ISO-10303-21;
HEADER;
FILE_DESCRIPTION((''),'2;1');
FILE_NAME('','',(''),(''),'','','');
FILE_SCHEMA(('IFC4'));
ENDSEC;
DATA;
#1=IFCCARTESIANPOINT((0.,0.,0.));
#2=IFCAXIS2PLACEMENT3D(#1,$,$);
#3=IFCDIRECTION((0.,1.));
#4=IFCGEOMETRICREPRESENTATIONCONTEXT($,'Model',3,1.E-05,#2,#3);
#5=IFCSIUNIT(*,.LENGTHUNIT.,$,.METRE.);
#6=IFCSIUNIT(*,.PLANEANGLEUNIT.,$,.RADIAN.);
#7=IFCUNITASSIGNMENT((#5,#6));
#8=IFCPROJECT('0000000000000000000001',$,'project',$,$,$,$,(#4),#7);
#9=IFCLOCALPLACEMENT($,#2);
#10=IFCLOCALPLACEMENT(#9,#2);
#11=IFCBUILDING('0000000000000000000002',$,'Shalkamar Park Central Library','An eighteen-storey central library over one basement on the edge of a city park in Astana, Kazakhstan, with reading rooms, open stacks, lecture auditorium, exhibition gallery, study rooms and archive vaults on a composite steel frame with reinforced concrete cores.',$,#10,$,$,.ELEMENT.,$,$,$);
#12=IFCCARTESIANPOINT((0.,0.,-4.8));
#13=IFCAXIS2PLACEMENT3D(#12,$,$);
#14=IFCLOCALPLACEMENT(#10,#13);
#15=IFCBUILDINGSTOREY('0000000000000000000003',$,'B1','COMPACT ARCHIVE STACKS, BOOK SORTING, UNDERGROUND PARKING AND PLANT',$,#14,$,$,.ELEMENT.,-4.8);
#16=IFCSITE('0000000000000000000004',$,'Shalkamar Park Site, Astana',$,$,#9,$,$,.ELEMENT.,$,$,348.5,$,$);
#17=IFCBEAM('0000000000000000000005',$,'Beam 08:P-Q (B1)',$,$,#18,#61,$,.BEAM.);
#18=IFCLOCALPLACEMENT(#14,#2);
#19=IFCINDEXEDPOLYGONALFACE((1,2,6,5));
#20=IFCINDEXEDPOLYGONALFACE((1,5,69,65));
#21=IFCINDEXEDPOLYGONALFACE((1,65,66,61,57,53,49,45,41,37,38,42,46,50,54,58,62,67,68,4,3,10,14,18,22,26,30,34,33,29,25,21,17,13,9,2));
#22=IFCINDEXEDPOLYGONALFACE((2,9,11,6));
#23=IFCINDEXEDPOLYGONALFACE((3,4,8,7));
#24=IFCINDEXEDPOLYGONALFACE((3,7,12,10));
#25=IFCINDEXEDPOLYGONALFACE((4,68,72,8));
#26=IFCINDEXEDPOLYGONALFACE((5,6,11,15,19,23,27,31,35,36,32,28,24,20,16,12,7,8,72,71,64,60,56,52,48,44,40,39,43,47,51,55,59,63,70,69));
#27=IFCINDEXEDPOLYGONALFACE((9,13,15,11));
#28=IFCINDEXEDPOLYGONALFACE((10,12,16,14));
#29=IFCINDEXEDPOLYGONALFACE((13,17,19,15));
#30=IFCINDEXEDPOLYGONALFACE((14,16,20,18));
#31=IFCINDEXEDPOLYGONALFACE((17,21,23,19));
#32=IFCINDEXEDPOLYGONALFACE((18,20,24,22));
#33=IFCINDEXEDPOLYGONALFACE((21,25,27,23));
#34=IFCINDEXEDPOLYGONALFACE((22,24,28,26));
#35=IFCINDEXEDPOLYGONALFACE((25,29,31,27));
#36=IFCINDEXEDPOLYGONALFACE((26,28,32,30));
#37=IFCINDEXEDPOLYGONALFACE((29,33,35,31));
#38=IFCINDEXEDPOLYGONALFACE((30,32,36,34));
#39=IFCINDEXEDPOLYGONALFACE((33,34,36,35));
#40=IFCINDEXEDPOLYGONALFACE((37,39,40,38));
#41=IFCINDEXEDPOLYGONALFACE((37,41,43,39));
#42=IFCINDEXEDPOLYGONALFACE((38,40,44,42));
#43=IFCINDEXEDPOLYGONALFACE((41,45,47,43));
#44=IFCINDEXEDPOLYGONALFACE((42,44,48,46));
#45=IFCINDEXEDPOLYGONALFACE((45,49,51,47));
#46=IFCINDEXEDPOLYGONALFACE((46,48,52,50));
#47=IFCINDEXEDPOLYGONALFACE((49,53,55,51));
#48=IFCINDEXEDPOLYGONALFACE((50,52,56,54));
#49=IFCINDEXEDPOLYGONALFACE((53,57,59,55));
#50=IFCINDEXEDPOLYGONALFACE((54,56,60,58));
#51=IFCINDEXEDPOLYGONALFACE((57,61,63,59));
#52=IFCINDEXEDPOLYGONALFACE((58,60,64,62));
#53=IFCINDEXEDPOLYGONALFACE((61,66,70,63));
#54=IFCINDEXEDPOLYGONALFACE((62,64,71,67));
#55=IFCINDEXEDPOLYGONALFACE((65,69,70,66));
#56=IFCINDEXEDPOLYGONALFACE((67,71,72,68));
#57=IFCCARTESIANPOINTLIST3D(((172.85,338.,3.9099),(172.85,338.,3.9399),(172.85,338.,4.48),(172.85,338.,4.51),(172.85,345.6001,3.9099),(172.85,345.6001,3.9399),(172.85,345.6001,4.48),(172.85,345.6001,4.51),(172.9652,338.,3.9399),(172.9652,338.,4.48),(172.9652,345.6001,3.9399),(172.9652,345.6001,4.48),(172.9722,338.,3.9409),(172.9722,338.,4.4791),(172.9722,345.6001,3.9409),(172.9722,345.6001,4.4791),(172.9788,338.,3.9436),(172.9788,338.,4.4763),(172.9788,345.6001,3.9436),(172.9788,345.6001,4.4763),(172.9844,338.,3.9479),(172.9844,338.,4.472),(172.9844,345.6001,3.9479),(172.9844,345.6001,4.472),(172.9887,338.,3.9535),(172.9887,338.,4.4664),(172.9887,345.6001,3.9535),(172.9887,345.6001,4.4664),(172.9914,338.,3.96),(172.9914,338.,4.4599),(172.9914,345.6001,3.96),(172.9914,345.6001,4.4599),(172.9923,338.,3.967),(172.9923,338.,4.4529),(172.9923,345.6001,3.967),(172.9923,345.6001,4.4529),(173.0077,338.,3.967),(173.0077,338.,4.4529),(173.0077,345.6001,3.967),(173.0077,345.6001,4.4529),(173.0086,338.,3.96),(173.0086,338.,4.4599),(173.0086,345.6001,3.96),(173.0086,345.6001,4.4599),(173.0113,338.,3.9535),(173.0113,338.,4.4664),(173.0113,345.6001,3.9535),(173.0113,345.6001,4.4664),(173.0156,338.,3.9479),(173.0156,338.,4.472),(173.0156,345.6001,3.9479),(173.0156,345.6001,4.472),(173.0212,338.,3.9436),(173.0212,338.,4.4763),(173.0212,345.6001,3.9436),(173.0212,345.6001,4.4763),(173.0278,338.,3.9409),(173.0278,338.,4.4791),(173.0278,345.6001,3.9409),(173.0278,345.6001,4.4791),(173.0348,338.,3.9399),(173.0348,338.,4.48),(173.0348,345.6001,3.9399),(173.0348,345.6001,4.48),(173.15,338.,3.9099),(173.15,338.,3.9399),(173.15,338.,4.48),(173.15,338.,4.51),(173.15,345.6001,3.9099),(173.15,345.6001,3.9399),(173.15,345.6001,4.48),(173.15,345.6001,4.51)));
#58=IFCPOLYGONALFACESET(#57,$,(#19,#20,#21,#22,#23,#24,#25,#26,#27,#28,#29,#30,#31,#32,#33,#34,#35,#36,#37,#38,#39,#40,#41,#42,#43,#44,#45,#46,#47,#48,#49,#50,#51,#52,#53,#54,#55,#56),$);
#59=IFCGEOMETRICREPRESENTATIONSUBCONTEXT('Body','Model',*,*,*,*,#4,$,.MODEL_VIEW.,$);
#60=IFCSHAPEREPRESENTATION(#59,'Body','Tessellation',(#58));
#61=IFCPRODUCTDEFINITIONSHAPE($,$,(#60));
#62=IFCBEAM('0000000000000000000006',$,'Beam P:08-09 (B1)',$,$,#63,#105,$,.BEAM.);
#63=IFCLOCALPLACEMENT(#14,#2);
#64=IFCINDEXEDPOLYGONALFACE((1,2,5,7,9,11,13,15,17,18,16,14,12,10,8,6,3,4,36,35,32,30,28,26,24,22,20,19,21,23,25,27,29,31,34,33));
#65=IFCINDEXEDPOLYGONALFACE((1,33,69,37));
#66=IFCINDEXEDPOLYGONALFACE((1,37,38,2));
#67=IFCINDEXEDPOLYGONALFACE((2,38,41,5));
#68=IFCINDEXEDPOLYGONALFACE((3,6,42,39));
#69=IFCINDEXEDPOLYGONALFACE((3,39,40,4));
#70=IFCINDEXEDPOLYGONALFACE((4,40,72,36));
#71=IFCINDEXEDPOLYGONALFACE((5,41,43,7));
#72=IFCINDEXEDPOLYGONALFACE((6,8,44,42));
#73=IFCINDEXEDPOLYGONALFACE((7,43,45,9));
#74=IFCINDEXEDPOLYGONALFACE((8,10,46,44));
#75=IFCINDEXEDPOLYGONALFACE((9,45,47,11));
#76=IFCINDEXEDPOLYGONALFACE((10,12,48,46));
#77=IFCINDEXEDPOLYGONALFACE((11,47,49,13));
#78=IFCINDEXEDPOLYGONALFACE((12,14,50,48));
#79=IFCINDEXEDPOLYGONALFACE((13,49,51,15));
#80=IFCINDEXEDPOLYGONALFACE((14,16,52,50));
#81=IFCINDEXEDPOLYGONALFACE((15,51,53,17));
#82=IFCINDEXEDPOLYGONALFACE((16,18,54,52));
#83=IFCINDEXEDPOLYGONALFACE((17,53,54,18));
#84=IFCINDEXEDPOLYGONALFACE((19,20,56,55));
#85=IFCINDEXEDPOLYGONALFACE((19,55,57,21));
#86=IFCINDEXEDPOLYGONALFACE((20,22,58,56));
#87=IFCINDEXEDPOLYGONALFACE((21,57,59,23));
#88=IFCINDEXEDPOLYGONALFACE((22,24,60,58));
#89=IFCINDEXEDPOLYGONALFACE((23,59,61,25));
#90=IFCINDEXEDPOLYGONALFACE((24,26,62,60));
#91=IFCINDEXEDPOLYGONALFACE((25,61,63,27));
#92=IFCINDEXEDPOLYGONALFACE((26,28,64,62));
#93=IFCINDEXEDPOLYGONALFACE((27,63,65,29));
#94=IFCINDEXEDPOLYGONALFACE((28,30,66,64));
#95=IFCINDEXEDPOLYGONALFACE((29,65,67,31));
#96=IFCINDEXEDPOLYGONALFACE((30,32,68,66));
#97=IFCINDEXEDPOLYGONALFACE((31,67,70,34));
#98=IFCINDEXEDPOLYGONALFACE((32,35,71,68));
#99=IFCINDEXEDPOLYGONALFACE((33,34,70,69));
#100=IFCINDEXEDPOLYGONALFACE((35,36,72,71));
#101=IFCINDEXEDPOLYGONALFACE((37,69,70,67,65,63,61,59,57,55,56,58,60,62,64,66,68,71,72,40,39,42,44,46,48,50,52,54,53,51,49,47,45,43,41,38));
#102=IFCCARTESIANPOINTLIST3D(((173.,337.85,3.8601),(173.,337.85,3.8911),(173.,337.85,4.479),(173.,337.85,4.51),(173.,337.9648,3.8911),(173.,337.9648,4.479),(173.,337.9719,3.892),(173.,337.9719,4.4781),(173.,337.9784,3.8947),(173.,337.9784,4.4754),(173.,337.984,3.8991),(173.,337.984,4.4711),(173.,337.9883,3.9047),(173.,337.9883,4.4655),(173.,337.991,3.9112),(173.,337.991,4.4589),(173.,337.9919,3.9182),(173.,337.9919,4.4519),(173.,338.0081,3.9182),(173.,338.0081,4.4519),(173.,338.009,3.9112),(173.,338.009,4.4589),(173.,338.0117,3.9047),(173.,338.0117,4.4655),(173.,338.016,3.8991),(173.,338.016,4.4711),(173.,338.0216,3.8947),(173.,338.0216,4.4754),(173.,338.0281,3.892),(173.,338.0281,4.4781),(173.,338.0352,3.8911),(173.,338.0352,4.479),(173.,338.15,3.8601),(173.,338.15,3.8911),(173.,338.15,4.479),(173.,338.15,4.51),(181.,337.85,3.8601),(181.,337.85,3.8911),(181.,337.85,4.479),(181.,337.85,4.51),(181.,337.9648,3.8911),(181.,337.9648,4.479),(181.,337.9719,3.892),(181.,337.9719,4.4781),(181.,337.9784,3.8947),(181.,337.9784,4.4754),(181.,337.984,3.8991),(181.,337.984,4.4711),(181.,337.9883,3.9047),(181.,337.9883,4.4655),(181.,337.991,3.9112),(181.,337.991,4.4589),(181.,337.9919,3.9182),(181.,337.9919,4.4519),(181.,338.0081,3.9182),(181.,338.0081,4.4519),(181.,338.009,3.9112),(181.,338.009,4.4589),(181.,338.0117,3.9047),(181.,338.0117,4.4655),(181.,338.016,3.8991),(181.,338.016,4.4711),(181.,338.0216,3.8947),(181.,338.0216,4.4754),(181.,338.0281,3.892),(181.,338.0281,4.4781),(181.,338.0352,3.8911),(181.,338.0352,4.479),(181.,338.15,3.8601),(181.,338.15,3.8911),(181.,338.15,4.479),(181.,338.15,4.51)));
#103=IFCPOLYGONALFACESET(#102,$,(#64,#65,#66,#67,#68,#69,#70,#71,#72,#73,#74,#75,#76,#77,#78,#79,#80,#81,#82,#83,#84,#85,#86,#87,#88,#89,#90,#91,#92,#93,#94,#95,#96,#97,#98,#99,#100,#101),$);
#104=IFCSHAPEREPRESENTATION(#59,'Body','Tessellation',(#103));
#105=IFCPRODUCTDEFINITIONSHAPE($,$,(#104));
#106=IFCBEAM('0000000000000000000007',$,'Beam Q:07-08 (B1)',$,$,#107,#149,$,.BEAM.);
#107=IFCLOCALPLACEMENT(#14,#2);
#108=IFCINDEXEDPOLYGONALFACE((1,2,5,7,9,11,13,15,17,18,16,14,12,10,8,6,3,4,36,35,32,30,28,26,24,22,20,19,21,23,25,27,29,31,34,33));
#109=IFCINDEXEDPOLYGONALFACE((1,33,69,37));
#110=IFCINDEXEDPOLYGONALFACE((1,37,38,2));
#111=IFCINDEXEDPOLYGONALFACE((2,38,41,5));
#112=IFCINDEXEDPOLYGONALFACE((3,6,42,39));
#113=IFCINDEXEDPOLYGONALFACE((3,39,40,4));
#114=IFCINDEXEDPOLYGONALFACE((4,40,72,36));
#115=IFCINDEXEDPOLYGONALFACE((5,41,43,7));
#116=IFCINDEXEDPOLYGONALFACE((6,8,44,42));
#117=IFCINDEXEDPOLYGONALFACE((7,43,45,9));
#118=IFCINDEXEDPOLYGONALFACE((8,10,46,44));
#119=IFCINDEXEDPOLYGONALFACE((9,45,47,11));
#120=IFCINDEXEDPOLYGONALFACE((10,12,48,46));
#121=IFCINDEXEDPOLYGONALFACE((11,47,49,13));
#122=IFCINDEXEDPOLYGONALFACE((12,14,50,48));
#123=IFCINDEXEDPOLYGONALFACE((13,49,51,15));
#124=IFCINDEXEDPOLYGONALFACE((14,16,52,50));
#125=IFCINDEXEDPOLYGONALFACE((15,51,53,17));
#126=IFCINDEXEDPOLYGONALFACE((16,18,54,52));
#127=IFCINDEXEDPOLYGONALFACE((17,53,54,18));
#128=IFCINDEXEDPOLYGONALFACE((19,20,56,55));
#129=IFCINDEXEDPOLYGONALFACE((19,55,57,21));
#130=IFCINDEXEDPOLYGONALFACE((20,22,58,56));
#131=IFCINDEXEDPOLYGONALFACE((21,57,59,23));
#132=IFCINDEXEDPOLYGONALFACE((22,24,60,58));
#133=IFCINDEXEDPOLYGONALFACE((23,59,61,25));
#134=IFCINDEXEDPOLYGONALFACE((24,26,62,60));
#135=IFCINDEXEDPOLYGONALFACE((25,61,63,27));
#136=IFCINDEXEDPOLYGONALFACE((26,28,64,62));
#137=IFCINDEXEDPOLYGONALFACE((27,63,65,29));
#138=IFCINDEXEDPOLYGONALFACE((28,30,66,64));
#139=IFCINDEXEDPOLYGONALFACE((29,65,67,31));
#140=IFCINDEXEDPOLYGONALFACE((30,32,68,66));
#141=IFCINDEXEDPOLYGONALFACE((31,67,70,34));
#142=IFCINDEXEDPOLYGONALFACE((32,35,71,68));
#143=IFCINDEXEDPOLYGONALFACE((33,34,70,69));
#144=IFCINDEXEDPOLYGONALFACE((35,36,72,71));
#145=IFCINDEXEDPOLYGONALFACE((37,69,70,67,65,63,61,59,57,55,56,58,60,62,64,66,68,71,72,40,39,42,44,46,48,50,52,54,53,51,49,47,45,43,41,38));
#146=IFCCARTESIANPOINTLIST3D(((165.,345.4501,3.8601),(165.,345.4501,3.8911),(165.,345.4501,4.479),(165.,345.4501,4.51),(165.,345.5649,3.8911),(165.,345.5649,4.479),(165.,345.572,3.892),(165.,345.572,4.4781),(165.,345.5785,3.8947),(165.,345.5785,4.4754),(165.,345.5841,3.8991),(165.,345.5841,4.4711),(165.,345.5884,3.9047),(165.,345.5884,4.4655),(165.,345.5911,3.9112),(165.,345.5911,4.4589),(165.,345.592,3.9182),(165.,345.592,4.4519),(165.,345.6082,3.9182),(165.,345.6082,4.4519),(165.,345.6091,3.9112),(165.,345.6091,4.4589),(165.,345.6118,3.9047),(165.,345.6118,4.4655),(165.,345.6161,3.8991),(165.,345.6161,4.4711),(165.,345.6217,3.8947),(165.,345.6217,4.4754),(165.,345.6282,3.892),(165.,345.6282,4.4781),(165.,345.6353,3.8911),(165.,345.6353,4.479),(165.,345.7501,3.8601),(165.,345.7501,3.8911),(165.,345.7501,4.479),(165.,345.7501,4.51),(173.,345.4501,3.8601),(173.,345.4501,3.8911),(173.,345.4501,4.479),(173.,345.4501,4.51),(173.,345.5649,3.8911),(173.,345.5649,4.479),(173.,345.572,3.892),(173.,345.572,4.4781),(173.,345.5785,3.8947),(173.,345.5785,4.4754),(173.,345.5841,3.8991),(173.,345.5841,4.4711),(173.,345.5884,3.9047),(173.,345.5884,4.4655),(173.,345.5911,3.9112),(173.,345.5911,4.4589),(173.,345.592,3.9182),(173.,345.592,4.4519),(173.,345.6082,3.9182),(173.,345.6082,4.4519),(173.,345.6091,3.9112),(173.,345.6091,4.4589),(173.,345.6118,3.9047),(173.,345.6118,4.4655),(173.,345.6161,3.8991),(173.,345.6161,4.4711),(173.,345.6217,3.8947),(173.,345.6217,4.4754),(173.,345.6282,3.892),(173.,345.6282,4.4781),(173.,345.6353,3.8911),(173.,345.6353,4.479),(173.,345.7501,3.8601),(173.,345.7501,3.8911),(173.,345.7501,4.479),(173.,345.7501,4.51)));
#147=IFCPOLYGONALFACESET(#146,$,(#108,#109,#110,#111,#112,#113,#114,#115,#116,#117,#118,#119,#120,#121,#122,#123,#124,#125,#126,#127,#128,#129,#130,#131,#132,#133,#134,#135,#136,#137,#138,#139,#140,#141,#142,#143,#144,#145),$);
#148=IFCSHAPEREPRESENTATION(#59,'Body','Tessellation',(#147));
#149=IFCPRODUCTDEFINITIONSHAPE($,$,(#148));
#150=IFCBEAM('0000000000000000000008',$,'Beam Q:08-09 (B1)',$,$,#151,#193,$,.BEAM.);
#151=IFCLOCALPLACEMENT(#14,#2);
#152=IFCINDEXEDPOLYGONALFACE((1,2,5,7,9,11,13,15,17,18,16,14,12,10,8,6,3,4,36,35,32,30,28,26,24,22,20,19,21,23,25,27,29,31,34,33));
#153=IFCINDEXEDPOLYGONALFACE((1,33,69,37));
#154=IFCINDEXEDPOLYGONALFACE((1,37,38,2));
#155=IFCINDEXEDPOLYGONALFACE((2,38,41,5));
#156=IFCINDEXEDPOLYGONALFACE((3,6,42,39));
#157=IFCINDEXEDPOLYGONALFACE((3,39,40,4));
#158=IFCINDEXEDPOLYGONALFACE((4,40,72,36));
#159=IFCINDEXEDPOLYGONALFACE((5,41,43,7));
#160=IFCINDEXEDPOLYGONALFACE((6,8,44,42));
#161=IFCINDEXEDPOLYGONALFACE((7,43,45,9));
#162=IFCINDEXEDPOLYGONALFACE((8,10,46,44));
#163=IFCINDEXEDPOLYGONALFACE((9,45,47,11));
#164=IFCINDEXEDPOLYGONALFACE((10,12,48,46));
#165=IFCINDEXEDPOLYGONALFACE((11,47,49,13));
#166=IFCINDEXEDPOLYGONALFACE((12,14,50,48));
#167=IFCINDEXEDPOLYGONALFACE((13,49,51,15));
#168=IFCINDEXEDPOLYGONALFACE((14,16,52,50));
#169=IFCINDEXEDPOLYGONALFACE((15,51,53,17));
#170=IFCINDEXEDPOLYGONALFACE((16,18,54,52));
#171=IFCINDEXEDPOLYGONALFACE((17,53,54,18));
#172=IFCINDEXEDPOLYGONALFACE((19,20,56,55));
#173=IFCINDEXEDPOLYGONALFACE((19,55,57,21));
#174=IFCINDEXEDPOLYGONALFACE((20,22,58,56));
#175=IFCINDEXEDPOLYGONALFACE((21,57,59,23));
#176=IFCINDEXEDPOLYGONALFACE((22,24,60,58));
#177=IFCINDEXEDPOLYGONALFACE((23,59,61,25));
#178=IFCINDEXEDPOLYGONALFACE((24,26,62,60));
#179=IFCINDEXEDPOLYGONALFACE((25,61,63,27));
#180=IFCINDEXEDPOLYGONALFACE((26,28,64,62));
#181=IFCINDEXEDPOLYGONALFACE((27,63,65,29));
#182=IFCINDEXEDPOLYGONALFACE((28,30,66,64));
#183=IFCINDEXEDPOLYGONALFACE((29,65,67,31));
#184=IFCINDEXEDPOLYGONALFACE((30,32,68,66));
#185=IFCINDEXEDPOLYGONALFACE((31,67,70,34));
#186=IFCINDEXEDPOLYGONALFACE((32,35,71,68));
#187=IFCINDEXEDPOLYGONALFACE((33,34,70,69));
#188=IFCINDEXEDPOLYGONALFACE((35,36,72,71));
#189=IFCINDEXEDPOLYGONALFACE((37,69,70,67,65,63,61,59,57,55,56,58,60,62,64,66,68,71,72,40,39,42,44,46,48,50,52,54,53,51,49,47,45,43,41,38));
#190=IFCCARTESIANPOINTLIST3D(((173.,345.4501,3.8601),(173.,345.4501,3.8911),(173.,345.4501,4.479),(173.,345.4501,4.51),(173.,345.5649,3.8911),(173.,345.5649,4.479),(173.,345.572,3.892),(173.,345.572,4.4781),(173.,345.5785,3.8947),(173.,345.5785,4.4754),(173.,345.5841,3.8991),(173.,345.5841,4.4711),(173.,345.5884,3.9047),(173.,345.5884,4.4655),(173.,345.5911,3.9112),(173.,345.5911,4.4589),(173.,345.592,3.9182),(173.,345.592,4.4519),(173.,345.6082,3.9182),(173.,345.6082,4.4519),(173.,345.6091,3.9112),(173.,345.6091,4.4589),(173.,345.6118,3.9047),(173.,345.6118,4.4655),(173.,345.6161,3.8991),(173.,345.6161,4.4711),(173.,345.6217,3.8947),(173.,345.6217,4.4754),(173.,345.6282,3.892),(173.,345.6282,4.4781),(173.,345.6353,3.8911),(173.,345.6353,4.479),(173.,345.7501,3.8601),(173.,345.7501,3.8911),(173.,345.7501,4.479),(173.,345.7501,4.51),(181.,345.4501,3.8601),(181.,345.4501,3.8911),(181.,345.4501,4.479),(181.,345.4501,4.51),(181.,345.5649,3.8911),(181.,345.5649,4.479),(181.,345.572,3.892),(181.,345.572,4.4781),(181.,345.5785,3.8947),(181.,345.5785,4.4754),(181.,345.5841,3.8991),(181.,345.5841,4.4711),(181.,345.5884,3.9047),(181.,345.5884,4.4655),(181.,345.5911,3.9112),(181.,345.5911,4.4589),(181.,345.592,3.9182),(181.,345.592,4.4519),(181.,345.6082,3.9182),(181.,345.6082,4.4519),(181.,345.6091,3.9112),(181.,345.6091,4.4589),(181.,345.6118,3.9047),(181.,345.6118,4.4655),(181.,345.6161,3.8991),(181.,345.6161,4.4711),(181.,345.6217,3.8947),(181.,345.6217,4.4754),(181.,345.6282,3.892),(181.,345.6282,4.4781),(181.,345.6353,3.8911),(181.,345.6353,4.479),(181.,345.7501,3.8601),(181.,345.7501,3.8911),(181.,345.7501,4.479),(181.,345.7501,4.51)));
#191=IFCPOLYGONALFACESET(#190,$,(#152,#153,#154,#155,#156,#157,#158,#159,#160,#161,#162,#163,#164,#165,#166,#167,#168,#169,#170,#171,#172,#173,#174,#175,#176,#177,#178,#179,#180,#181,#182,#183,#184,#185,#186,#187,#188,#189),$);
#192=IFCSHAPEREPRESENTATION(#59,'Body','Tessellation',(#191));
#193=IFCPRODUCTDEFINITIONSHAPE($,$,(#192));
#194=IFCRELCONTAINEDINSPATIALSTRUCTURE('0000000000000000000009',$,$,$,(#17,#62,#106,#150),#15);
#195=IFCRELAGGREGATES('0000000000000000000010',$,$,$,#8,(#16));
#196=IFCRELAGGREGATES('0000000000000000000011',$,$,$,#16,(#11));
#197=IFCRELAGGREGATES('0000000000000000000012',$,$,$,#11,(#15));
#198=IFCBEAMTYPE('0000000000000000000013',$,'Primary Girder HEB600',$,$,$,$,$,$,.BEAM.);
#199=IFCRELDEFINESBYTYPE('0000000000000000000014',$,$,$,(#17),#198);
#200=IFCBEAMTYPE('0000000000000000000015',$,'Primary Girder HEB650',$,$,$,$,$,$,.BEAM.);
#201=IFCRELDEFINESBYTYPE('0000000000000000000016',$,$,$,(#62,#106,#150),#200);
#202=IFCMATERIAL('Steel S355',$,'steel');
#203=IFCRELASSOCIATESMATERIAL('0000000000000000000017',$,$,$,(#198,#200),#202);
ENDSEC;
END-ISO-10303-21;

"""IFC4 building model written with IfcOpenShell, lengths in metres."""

from ifc_helpers import new_model, si_unit, direction, frame, origin, origin_2d, place, context, subcontext, project, spatial, i_section, extrude, material, material_profile, profile_set, type_object, element, save


model = new_model("IFC4")

# Units and contexts
model_context = context("Model", 3, precision=1e-05, world=origin(), true_north=direction((0.0, 1.0)))
body_context = subcontext(model_context, "Body", "Model", "MODEL_VIEW")
ifc_project = project(units=[si_unit("LENGTHUNIT", "METRE"), si_unit("PLANEANGLEUNIT", "RADIAN")], contexts=[model_context])

# Site, building, storey
site_placement = place(None, origin())
site = spatial("IfcSite", under=ifc_project, at=site_placement, Name="Shalkamar Park Site, Astana", CompositionType="ELEMENT", RefElevation=348.5)
building_placement = place(site_placement, origin())
building = spatial("IfcBuilding", under=site, at=building_placement, Name="Shalkamar Park Central Library", Description="An eighteen-storey central library over one basement on the edge of a city park in Astana, Kazakhstan, with reading rooms, open stacks, lecture auditorium, exhibition gallery, study rooms and archive vaults on a composite steel frame with reinforced concrete cores.", CompositionType="ELEMENT")
storey_placement = place(building_placement, frame((0.0, 0.0, -4.8)))
storey = spatial("IfcBuildingStorey", under=building, at=storey_placement, Name="B1", Description="COMPACT ARCHIVE STACKS, BOOK SORTING, UNDERGROUND PARKING AND PLANT", CompositionType="ELEMENT", Elevation=-4.8)

# Shared definitions
ifc_material_1 = material(Name="Steel S355", Category="steel")

# Beams
ifc_material_profile_1 = material_profile(ifc_material_1, i_section(OverallWidth=0.3, OverallDepth=0.6001, WebThickness=0.0154, FlangeThickness=0.03, FilletRadius=0.0271, at=origin_2d()), Name="HEB 600")
ifc_profile_set_1 = profile_set([ifc_material_profile_1], Name="Steel S355")
beam_type_1 = type_object("IfcBeamType", Name="Primary Girder HEB600", PredefinedType="BEAM", material=ifc_profile_set_1)
beam_1_placement = place(storey_placement, frame((173.0, 338.0, 4.21), z_axis=(0.0, 1.0, 0.0), x_axis=(-1.0, 0.0, 0.0)))
element("IfcBeam", 1, at=beam_1_placement, inside=storey, type_object=beam_type_1, Name="Beam 08:P-Q (B1)", PredefinedType="BEAM", context=body_context, shape_type="SweptSolid", body=[
    extrude(i_section(OverallWidth=0.3, OverallDepth=0.6001, WebThickness=0.0154, FlangeThickness=0.03, FilletRadius=0.0271, at=origin_2d()), origin(), (0.0, 0.0, 1.0), 7.6001),
])
ifc_material_profile_2 = material_profile(ifc_material_1, i_section(OverallWidth=0.3, OverallDepth=0.6499, WebThickness=0.0161, FlangeThickness=0.031, FilletRadius=0.0271, at=origin_2d()), Name="HEB 650")
ifc_profile_set_2 = profile_set([ifc_material_profile_2], Name="Steel S355")
beam_type_2 = type_object("IfcBeamType", Name="Primary Girder HEB650", PredefinedType="BEAM", material=ifc_profile_set_2)
for number, where, z_axis, x_axis, name in (
    (2, (173.0, 338.0, 4.1851), (1.0, 0.0, 0.0), (0.0, 1.0, 0.0), "Beam P:08-09 (B1)"),
    (3, (165.0, 345.6001, 4.1851), (1.0, 0.0, 0.0), (0.0, 1.0, 0.0), "Beam Q:07-08 (B1)"),
    (4, (173.0, 345.6001, 4.1851), (1.0, 0.0, 0.0), (0.0, 1.0, 0.0), "Beam Q:08-09 (B1)"),
):
    element("IfcBeam", number, at=place(storey_placement, frame(where, z_axis=z_axis, x_axis=x_axis)), inside=storey, type_object=beam_type_2, Name=name, PredefinedType="BEAM", context=body_context, shape_type="SweptSolid", body=[
        extrude(i_section(OverallWidth=0.3, OverallDepth=0.6499, WebThickness=0.0161, FlangeThickness=0.031, FilletRadius=0.0271, at=origin_2d()), origin(), (0.0, 0.0, 1.0), 8.0),
    ])

save(model, "model.ifc")
